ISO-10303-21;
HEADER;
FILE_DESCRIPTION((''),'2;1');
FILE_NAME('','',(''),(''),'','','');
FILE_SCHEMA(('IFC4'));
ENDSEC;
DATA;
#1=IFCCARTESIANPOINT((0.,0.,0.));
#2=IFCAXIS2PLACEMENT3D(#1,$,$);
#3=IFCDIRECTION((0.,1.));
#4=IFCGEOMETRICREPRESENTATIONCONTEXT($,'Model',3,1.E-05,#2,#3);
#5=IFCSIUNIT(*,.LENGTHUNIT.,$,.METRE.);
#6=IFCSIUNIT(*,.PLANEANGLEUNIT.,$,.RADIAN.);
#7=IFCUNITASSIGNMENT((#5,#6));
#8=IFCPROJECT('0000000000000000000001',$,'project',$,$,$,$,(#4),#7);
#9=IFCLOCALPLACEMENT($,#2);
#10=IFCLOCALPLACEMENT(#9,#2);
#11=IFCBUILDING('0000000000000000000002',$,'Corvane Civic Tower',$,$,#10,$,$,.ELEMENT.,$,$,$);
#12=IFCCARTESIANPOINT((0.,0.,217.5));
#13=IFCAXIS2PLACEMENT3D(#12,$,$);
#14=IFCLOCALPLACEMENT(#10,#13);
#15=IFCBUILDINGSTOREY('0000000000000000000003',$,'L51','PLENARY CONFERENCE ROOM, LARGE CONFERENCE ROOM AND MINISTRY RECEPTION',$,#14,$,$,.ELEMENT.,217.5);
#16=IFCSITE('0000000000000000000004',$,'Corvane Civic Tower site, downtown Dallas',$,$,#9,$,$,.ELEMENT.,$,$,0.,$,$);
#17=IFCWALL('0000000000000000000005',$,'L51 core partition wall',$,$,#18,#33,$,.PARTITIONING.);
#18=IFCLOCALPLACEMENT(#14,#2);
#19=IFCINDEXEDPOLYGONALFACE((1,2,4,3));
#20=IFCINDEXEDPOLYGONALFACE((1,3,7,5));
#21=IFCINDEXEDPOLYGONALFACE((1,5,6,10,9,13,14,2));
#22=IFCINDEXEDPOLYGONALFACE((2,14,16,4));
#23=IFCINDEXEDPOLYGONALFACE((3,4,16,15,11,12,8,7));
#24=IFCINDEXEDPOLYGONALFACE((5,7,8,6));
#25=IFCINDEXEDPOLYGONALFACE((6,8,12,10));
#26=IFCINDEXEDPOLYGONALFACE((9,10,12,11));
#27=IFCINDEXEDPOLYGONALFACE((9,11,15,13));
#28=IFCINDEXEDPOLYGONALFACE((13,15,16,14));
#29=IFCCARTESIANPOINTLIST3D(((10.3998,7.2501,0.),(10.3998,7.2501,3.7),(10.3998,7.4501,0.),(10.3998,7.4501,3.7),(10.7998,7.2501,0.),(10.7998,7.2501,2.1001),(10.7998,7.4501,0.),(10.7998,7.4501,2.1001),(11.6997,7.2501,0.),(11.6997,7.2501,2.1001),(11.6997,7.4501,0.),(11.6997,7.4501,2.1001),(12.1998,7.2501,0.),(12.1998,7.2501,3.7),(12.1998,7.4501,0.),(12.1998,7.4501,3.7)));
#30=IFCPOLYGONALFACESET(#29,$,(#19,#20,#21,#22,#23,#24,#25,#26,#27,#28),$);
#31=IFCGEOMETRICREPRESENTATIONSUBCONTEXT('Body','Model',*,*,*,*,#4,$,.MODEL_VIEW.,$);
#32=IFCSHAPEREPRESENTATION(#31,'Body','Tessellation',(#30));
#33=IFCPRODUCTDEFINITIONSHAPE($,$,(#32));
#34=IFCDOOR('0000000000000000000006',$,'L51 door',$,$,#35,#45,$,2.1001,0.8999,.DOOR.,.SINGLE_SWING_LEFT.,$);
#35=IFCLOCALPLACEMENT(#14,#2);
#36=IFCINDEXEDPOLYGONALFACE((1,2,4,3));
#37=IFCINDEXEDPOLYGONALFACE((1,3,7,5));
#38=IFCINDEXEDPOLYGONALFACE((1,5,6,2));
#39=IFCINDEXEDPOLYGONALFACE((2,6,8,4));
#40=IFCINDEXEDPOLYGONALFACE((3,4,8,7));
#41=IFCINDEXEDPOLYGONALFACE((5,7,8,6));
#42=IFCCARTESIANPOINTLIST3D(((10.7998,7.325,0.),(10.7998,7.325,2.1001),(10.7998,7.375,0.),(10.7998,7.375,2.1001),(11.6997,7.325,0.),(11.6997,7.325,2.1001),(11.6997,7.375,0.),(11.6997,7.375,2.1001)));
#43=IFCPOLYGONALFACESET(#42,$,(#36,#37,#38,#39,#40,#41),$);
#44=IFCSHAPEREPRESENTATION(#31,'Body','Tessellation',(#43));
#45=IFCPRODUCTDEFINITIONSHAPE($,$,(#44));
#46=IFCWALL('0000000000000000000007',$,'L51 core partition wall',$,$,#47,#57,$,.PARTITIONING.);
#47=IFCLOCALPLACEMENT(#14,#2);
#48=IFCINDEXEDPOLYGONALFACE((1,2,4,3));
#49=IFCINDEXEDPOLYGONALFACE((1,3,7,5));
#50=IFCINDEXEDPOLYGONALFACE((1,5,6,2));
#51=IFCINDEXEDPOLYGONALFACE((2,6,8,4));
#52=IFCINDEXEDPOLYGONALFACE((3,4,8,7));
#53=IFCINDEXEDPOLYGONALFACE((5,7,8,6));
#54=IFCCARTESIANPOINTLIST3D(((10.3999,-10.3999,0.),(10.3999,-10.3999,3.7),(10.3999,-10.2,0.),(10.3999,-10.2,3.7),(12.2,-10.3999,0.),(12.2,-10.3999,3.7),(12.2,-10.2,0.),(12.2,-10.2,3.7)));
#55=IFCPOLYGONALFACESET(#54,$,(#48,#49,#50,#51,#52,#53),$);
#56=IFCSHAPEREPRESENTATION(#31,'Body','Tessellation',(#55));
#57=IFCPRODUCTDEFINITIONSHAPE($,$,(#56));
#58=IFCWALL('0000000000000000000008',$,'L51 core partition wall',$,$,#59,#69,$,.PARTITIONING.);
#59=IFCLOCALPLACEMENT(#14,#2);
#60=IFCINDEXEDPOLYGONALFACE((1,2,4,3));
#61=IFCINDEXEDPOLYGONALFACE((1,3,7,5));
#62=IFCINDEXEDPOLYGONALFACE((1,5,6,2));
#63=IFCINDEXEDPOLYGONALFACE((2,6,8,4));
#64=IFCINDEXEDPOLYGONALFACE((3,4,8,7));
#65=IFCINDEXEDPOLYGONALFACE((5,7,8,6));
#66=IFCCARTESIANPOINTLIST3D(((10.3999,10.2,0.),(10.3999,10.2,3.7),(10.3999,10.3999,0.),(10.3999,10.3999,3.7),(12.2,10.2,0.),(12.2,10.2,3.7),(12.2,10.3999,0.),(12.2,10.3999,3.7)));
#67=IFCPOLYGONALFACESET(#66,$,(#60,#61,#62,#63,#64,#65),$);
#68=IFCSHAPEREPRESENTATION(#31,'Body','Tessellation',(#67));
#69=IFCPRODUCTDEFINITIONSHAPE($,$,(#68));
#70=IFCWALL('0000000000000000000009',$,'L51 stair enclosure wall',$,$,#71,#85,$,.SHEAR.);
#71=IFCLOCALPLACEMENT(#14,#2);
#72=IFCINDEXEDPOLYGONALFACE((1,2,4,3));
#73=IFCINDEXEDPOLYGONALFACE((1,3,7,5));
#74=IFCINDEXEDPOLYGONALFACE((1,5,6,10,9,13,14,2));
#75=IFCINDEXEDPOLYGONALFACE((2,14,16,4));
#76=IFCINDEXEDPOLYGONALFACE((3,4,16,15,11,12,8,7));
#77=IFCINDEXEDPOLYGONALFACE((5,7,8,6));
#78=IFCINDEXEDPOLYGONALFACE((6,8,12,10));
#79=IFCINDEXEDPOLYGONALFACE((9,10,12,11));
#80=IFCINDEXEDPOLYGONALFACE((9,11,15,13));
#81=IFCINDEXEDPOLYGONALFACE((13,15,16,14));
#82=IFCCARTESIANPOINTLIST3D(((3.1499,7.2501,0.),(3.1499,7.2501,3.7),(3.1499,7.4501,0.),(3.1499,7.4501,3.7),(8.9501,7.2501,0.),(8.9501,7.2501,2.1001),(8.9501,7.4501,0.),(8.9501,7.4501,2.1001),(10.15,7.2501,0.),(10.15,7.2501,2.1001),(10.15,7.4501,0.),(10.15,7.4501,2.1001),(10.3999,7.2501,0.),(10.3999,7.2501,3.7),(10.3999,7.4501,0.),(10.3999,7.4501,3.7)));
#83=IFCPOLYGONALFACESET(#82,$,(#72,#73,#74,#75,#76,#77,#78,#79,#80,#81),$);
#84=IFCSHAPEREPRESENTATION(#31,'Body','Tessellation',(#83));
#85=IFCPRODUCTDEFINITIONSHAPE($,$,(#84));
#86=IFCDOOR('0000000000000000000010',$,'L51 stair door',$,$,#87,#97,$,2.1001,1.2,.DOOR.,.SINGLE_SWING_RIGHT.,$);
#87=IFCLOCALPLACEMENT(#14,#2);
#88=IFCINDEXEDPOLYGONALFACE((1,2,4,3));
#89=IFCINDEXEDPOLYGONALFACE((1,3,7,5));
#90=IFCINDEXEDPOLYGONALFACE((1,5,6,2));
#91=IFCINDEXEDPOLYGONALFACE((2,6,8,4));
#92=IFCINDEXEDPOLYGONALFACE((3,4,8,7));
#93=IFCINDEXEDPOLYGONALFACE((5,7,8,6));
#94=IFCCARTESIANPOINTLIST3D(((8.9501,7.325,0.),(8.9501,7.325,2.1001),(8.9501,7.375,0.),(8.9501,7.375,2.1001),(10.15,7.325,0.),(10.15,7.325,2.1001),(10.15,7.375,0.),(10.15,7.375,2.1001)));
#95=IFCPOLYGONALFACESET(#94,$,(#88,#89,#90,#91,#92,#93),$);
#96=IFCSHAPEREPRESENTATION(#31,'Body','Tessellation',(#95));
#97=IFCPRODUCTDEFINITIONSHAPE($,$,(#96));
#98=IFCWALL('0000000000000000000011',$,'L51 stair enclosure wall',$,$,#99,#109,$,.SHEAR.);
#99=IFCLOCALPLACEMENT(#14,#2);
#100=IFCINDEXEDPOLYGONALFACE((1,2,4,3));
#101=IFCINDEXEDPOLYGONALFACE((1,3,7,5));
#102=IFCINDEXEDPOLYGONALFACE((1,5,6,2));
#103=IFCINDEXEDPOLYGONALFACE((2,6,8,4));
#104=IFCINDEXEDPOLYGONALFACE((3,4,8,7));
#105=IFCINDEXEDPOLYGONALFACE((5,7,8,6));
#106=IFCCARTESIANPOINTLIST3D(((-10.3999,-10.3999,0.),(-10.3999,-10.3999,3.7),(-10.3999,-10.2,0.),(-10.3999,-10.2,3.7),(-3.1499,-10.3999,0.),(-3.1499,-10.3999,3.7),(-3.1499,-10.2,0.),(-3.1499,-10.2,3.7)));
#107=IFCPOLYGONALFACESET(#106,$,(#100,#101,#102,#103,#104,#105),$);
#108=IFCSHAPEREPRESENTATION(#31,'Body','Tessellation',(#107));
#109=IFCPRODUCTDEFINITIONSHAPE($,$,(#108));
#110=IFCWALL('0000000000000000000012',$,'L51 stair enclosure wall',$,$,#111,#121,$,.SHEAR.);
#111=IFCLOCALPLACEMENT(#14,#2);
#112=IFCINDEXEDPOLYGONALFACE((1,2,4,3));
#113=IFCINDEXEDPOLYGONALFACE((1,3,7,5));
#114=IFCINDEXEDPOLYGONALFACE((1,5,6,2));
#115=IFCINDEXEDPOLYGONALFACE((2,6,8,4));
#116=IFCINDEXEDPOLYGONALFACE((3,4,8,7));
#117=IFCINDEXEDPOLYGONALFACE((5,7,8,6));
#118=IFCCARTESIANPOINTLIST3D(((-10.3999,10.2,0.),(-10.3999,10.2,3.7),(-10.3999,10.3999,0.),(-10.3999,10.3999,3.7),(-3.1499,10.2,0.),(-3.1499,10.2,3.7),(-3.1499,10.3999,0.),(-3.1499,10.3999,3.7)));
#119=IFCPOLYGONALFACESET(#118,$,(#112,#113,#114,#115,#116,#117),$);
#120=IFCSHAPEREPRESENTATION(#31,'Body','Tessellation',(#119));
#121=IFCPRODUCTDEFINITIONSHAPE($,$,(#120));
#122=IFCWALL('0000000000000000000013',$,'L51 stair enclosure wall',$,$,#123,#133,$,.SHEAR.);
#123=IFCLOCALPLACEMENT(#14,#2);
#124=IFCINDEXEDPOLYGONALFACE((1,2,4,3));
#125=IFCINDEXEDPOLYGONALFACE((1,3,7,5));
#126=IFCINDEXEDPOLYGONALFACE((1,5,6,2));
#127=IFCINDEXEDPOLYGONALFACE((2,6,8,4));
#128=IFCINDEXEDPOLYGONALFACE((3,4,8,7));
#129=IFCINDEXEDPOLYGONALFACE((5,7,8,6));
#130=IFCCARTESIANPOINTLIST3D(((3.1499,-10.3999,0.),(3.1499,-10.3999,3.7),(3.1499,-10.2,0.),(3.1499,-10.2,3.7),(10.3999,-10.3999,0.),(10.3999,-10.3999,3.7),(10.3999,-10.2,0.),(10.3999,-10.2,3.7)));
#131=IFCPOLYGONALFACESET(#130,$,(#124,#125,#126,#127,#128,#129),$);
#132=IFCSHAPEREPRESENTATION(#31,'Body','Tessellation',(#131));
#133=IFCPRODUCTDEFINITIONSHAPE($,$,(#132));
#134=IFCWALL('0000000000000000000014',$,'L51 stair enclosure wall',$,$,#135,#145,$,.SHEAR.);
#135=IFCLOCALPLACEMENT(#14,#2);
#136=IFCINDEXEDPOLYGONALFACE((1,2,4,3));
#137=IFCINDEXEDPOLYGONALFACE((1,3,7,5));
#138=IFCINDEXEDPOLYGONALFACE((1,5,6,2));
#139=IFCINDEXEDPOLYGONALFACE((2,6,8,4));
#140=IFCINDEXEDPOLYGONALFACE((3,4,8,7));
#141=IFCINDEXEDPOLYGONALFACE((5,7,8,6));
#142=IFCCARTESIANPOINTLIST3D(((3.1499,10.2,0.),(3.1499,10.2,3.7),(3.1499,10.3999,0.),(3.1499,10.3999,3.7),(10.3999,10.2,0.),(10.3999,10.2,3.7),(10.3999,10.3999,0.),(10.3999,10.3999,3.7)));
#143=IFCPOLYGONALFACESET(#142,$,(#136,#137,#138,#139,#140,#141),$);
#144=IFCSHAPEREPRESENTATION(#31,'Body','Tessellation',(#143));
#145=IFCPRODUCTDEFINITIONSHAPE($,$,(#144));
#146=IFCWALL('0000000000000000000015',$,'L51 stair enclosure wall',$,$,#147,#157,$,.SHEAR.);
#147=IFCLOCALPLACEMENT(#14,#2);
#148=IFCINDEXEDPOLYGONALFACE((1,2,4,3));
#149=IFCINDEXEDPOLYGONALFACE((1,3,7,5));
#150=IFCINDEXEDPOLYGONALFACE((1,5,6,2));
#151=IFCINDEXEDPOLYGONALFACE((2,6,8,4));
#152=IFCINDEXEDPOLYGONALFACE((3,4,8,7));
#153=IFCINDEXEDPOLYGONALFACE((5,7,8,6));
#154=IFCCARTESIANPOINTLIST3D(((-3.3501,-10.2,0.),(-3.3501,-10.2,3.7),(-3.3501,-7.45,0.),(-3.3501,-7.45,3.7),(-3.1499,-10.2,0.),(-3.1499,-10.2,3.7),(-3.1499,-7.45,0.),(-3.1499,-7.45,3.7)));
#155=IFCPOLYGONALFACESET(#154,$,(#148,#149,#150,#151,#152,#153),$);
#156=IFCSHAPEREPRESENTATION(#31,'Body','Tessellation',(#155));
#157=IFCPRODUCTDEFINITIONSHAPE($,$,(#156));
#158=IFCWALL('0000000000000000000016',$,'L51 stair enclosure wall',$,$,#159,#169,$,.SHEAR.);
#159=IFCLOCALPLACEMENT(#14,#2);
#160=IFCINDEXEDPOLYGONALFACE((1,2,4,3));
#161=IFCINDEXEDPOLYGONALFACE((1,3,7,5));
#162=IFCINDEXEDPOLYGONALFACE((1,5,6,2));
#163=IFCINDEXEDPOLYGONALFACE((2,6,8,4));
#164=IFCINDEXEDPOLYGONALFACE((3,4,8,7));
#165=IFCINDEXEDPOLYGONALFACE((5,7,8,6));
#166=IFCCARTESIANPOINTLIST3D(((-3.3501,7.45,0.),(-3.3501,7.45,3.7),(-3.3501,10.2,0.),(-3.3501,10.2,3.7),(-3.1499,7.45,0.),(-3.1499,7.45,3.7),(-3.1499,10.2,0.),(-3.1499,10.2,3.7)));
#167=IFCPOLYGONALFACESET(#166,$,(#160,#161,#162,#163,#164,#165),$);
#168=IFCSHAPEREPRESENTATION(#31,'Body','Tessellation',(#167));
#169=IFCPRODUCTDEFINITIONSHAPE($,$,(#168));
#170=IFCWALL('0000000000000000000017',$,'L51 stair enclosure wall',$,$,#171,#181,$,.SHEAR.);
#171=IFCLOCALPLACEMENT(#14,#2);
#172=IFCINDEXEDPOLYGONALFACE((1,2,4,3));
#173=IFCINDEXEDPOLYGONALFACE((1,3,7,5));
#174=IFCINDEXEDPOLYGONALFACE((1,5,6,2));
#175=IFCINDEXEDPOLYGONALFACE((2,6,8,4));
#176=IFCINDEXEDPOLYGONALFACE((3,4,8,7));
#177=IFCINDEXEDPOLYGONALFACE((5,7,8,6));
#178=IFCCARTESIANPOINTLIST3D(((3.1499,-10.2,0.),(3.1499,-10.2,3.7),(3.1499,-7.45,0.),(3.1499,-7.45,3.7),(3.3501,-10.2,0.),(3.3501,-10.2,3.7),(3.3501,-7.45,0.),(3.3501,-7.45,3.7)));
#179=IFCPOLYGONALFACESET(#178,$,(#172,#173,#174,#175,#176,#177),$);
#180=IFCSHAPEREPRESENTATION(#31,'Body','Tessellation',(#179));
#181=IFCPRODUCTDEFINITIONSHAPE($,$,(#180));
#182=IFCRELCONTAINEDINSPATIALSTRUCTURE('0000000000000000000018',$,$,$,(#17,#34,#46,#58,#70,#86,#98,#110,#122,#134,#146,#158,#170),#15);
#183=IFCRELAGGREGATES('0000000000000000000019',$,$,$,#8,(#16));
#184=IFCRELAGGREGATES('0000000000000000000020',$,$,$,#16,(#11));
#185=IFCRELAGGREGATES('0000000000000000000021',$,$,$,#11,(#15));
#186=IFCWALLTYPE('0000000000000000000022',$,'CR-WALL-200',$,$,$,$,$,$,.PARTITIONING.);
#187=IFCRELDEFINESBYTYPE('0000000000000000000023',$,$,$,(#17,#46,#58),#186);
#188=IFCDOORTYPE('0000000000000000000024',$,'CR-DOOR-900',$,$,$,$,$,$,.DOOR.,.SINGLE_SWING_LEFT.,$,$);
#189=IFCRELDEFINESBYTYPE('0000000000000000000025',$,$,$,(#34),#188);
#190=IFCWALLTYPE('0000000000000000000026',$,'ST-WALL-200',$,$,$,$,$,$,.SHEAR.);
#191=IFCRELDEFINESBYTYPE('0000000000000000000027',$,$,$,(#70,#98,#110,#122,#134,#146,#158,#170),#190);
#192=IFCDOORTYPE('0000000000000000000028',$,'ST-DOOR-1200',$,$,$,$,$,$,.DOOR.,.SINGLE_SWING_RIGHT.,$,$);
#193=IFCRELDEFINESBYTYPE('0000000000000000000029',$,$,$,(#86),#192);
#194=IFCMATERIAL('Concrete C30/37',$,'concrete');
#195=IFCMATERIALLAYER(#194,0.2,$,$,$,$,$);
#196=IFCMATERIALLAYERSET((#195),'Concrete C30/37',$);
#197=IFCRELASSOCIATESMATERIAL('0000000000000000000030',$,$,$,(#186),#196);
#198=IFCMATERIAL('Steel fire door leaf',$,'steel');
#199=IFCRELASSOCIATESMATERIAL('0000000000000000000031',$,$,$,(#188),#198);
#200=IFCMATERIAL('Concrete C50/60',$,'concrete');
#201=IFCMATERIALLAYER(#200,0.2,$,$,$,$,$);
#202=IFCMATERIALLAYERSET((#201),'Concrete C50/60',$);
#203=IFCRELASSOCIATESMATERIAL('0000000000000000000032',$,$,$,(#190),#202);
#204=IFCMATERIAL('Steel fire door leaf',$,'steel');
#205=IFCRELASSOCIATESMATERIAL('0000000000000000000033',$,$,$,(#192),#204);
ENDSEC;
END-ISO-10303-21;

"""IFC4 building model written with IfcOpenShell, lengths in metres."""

from ifc_helpers import new_model, si_unit, direction, frame, frame_2d, origin, place, context, subcontext, project, spatial, polyline, rectangle, outline, extrude, material, layer, layer_set, type_object, element, fill, save


model = new_model("IFC4")

# Units and contexts
model_context = context("Model", 3, precision=1e-05, world=origin(), true_north=direction((0.0, 1.0)))
body_context = subcontext(model_context, "Body", "Model", "MODEL_VIEW")
ifc_project = project(units=[si_unit("LENGTHUNIT", "METRE"), si_unit("PLANEANGLEUNIT", "RADIAN")], contexts=[model_context])

# Site, building, storey
site_placement = place(None, origin())
site = spatial("IfcSite", under=ifc_project, at=site_placement, Name="Corvane Civic Tower site, downtown Dallas", CompositionType="ELEMENT", RefElevation=0.0)
building_placement = place(site_placement, origin())
building = spatial("IfcBuilding", under=site, at=building_placement, Name="Corvane Civic Tower", CompositionType="ELEMENT")
storey_placement = place(building_placement, frame((0.0, 0.0, 217.5)))
storey = spatial("IfcBuildingStorey", under=building, at=storey_placement, Name="L51", Description="PLENARY CONFERENCE ROOM, LARGE CONFERENCE ROOM AND MINISTRY RECEPTION", CompositionType="ELEMENT", Elevation=217.5)

# Wall, opening, door
ifc_material_1 = material(Name="Concrete C30/37", Category="concrete")
ifc_layer_1 = layer(ifc_material_1, 0.2)
ifc_layer_set_1 = layer_set([ifc_layer_1], Name="Concrete C30/37")
wall_type_1 = type_object("IfcWallType", Name="CR-WALL-200", PredefinedType="PARTITIONING", material=ifc_layer_set_1)
wall_1_placement = place(storey_placement, frame((10.3999, 7.3501, 0.0), z_axis=(0.0, 0.0, 1.0), x_axis=(1.0, 0.0, 0.0)))
wall_1 = element("IfcWall", 1, at=wall_1_placement, inside=storey, type_object=wall_type_1, Name="L51 core partition wall", PredefinedType="PARTITIONING", context=body_context, shape_type="SweptSolid", body=[
    extrude(rectangle(XDim=1.8, YDim=0.2, at=frame_2d((0.8999, 0.0))), origin(), (0.0, 0.0, 1.0), 3.7),
])
opening_1_placement = place(wall_1_placement, frame((0.3999, 0.0, 0.0)))
opening_1 = element("IfcOpeningElement", 2, at=opening_1_placement, cuts=wall_1, PredefinedType="OPENING", context=body_context, shape_type="SweptSolid", body=[
    extrude(rectangle(XDim=0.8999, YDim=2.1001, at=frame_2d((0.45, 1.05))), frame((0.0, 0.1099, 0.0), z_axis=(0.0, -1.0, 0.0), x_axis=(1.0, 0.0, 0.0)), (0.0, 0.0, 1.0), 0.22),
])
ifc_material_2 = material(Name="Steel fire door leaf", Category="steel")
door_type_1 = type_object("IfcDoorType", Name="CR-DOOR-900", OperationType="SINGLE_SWING_LEFT", PredefinedType="DOOR", material=ifc_material_2)
door_1_placement = place(opening_1_placement, origin())
door_1 = element("IfcDoor", 3, at=door_1_placement, inside=storey, type_object=door_type_1, Name="L51 door", OperationType="SINGLE_SWING_LEFT", OverallHeight=2.1001, OverallWidth=0.8999, PredefinedType="DOOR", context=body_context, shape_type="SweptSolid", body=[
    extrude(rectangle(XDim=0.8999, YDim=2.1001, at=frame_2d((0.45, 1.05))), frame((0.0, 0.0249, 0.0), z_axis=(0.0, -1.0, 0.0), x_axis=(1.0, 0.0, 0.0)), (0.0, 0.0, 1.0), 0.05),
])
fill(opening_1, door_1)

# Walls
wall_2_placement = place(storey_placement, origin())
element("IfcWall", 4, at=wall_2_placement, inside=storey, type_object=wall_type_1, Name="L51 core partition wall", PredefinedType="PARTITIONING", context=body_context, shape_type="SweptSolid", body=[
    extrude(outline(polyline([(10.3999, -10.3999), (10.3999, -10.2), (12.2, -10.2), (12.2, -10.3999), (10.3999, -10.3999)])), origin(), (0.0, 0.0, 1.0), 3.7),
])
wall_3_placement = place(storey_placement, origin())
element("IfcWall", 5, at=wall_3_placement, inside=storey, type_object=wall_type_1, Name="L51 core partition wall", PredefinedType="PARTITIONING", context=body_context, shape_type="SweptSolid", body=[
    extrude(outline(polyline([(10.3999, 10.2), (10.3999, 10.3999), (12.2, 10.3999), (12.2, 10.2), (10.3999, 10.2)])), origin(), (0.0, 0.0, 1.0), 3.7),
])

# Wall, opening, door
ifc_material_3 = material(Name="Concrete C50/60", Category="concrete")
ifc_layer_2 = layer(ifc_material_3, 0.2)
ifc_layer_set_2 = layer_set([ifc_layer_2], Name="Concrete C50/60")
wall_type_2 = type_object("IfcWallType", Name="ST-WALL-200", PredefinedType="SHEAR", material=ifc_layer_set_2)
wall_4_placement = place(storey_placement, frame((3.1499, 7.3501, 0.0), z_axis=(0.0, 0.0, 1.0), x_axis=(1.0, 0.0, 0.0)))
wall_4 = element("IfcWall", 6, at=wall_4_placement, inside=storey, type_object=wall_type_2, Name="L51 stair enclosure wall", PredefinedType="SHEAR", context=body_context, shape_type="SweptSolid", body=[
    extrude(rectangle(XDim=7.25, YDim=0.2, at=frame_2d((3.625, 0.0))), origin(), (0.0, 0.0, 1.0), 3.7),
])
opening_2_placement = place(wall_4_placement, frame((5.8, 0.0, 0.0)))
opening_2 = element("IfcOpeningElement", 7, at=opening_2_placement, cuts=wall_4, PredefinedType="OPENING", context=body_context, shape_type="SweptSolid", body=[
    extrude(rectangle(XDim=1.2, YDim=2.1001, at=frame_2d((0.6001, 1.05))), frame((0.0, 0.1099, 0.0), z_axis=(0.0, -1.0, 0.0), x_axis=(1.0, 0.0, 0.0)), (0.0, 0.0, 1.0), 0.22),
])
ifc_material_4 = material(Name="Steel fire door leaf", Category="steel")
door_type_2 = type_object("IfcDoorType", Name="ST-DOOR-1200", OperationType="SINGLE_SWING_RIGHT", PredefinedType="DOOR", material=ifc_material_4)
door_2_placement = place(opening_2_placement, origin())
door_2 = element("IfcDoor", 8, at=door_2_placement, inside=storey, type_object=door_type_2, Name="L51 stair door", OperationType="SINGLE_SWING_RIGHT", OverallHeight=2.1001, OverallWidth=1.2, PredefinedType="DOOR", context=body_context, shape_type="SweptSolid", body=[
    extrude(rectangle(XDim=1.2, YDim=2.1001, at=frame_2d((0.6001, 1.05))), frame((0.0, 0.0249, 0.0), z_axis=(0.0, -1.0, 0.0), x_axis=(1.0, 0.0, 0.0)), (0.0, 0.0, 1.0), 0.05),
])
fill(opening_2, door_2)

# Walls
wall_5_placement = place(storey_placement, origin())
element("IfcWall", 9, at=wall_5_placement, inside=storey, type_object=wall_type_2, Name="L51 stair enclosure wall", PredefinedType="SHEAR", context=body_context, shape_type="SweptSolid", body=[
    extrude(outline(polyline([(-3.1499, -10.2), (-3.1499, -10.3999), (-10.3999, -10.3999), (-10.3999, -10.2), (-3.1499, -10.2)])), origin(), (0.0, 0.0, 1.0), 3.7),
])
wall_6_placement = place(storey_placement, origin())
element("IfcWall", 10, at=wall_6_placement, inside=storey, type_object=wall_type_2, Name="L51 stair enclosure wall", PredefinedType="SHEAR", context=body_context, shape_type="SweptSolid", body=[
    extrude(outline(polyline([(-3.1499, 10.2), (-10.3999, 10.2), (-10.3999, 10.3999), (-3.1499, 10.3999), (-3.1499, 10.2)])), origin(), (0.0, 0.0, 1.0), 3.7),
])
wall_7_placement = place(storey_placement, origin())
element("IfcWall", 11, at=wall_7_placement, inside=storey, type_object=wall_type_2, Name="L51 stair enclosure wall", PredefinedType="SHEAR", context=body_context, shape_type="SweptSolid", body=[
    extrude(outline(polyline([(10.3999, -10.3999), (3.1499, -10.3999), (3.1499, -10.2), (10.3999, -10.2), (10.3999, -10.3999)])), origin(), (0.0, 0.0, 1.0), 3.7),
])
wall_8_placement = place(storey_placement, origin())
element("IfcWall", 12, at=wall_8_placement, inside=storey, type_object=wall_type_2, Name="L51 stair enclosure wall", PredefinedType="SHEAR", context=body_context, shape_type="SweptSolid", body=[
    extrude(outline(polyline([(10.3999, 10.2), (3.1499, 10.2), (3.1499, 10.3999), (10.3999, 10.3999), (10.3999, 10.2)])), origin(), (0.0, 0.0, 1.0), 3.7),
])
wall_9_placement = place(storey_placement, origin())
element("IfcWall", 13, at=wall_9_placement, inside=storey, type_object=wall_type_2, Name="L51 stair enclosure wall", PredefinedType="SHEAR", context=body_context, shape_type="SweptSolid", body=[
    extrude(outline(polyline([(-3.1499, -7.45), (-3.1499, -10.2), (-3.3501, -10.2), (-3.3501, -7.45), (-3.1499, -7.45)])), origin(), (0.0, 0.0, 1.0), 3.7),
])
wall_10_placement = place(storey_placement, origin())
element("IfcWall", 14, at=wall_10_placement, inside=storey, type_object=wall_type_2, Name="L51 stair enclosure wall", PredefinedType="SHEAR", context=body_context, shape_type="SweptSolid", body=[
    extrude(outline(polyline([(-3.1499, 7.45), (-3.3501, 7.45), (-3.3501, 10.2), (-3.1499, 10.2), (-3.1499, 7.45)])), origin(), (0.0, 0.0, 1.0), 3.7),
])
wall_11_placement = place(storey_placement, origin())
element("IfcWall", 15, at=wall_11_placement, inside=storey, type_object=wall_type_2, Name="L51 stair enclosure wall", PredefinedType="SHEAR", context=body_context, shape_type="SweptSolid", body=[
    extrude(outline(polyline([(3.3501, -7.45), (3.3501, -10.2), (3.1499, -10.2), (3.1499, -7.45), (3.3501, -7.45)])), origin(), (0.0, 0.0, 1.0), 3.7),
])

save(model, "model.ifc")
